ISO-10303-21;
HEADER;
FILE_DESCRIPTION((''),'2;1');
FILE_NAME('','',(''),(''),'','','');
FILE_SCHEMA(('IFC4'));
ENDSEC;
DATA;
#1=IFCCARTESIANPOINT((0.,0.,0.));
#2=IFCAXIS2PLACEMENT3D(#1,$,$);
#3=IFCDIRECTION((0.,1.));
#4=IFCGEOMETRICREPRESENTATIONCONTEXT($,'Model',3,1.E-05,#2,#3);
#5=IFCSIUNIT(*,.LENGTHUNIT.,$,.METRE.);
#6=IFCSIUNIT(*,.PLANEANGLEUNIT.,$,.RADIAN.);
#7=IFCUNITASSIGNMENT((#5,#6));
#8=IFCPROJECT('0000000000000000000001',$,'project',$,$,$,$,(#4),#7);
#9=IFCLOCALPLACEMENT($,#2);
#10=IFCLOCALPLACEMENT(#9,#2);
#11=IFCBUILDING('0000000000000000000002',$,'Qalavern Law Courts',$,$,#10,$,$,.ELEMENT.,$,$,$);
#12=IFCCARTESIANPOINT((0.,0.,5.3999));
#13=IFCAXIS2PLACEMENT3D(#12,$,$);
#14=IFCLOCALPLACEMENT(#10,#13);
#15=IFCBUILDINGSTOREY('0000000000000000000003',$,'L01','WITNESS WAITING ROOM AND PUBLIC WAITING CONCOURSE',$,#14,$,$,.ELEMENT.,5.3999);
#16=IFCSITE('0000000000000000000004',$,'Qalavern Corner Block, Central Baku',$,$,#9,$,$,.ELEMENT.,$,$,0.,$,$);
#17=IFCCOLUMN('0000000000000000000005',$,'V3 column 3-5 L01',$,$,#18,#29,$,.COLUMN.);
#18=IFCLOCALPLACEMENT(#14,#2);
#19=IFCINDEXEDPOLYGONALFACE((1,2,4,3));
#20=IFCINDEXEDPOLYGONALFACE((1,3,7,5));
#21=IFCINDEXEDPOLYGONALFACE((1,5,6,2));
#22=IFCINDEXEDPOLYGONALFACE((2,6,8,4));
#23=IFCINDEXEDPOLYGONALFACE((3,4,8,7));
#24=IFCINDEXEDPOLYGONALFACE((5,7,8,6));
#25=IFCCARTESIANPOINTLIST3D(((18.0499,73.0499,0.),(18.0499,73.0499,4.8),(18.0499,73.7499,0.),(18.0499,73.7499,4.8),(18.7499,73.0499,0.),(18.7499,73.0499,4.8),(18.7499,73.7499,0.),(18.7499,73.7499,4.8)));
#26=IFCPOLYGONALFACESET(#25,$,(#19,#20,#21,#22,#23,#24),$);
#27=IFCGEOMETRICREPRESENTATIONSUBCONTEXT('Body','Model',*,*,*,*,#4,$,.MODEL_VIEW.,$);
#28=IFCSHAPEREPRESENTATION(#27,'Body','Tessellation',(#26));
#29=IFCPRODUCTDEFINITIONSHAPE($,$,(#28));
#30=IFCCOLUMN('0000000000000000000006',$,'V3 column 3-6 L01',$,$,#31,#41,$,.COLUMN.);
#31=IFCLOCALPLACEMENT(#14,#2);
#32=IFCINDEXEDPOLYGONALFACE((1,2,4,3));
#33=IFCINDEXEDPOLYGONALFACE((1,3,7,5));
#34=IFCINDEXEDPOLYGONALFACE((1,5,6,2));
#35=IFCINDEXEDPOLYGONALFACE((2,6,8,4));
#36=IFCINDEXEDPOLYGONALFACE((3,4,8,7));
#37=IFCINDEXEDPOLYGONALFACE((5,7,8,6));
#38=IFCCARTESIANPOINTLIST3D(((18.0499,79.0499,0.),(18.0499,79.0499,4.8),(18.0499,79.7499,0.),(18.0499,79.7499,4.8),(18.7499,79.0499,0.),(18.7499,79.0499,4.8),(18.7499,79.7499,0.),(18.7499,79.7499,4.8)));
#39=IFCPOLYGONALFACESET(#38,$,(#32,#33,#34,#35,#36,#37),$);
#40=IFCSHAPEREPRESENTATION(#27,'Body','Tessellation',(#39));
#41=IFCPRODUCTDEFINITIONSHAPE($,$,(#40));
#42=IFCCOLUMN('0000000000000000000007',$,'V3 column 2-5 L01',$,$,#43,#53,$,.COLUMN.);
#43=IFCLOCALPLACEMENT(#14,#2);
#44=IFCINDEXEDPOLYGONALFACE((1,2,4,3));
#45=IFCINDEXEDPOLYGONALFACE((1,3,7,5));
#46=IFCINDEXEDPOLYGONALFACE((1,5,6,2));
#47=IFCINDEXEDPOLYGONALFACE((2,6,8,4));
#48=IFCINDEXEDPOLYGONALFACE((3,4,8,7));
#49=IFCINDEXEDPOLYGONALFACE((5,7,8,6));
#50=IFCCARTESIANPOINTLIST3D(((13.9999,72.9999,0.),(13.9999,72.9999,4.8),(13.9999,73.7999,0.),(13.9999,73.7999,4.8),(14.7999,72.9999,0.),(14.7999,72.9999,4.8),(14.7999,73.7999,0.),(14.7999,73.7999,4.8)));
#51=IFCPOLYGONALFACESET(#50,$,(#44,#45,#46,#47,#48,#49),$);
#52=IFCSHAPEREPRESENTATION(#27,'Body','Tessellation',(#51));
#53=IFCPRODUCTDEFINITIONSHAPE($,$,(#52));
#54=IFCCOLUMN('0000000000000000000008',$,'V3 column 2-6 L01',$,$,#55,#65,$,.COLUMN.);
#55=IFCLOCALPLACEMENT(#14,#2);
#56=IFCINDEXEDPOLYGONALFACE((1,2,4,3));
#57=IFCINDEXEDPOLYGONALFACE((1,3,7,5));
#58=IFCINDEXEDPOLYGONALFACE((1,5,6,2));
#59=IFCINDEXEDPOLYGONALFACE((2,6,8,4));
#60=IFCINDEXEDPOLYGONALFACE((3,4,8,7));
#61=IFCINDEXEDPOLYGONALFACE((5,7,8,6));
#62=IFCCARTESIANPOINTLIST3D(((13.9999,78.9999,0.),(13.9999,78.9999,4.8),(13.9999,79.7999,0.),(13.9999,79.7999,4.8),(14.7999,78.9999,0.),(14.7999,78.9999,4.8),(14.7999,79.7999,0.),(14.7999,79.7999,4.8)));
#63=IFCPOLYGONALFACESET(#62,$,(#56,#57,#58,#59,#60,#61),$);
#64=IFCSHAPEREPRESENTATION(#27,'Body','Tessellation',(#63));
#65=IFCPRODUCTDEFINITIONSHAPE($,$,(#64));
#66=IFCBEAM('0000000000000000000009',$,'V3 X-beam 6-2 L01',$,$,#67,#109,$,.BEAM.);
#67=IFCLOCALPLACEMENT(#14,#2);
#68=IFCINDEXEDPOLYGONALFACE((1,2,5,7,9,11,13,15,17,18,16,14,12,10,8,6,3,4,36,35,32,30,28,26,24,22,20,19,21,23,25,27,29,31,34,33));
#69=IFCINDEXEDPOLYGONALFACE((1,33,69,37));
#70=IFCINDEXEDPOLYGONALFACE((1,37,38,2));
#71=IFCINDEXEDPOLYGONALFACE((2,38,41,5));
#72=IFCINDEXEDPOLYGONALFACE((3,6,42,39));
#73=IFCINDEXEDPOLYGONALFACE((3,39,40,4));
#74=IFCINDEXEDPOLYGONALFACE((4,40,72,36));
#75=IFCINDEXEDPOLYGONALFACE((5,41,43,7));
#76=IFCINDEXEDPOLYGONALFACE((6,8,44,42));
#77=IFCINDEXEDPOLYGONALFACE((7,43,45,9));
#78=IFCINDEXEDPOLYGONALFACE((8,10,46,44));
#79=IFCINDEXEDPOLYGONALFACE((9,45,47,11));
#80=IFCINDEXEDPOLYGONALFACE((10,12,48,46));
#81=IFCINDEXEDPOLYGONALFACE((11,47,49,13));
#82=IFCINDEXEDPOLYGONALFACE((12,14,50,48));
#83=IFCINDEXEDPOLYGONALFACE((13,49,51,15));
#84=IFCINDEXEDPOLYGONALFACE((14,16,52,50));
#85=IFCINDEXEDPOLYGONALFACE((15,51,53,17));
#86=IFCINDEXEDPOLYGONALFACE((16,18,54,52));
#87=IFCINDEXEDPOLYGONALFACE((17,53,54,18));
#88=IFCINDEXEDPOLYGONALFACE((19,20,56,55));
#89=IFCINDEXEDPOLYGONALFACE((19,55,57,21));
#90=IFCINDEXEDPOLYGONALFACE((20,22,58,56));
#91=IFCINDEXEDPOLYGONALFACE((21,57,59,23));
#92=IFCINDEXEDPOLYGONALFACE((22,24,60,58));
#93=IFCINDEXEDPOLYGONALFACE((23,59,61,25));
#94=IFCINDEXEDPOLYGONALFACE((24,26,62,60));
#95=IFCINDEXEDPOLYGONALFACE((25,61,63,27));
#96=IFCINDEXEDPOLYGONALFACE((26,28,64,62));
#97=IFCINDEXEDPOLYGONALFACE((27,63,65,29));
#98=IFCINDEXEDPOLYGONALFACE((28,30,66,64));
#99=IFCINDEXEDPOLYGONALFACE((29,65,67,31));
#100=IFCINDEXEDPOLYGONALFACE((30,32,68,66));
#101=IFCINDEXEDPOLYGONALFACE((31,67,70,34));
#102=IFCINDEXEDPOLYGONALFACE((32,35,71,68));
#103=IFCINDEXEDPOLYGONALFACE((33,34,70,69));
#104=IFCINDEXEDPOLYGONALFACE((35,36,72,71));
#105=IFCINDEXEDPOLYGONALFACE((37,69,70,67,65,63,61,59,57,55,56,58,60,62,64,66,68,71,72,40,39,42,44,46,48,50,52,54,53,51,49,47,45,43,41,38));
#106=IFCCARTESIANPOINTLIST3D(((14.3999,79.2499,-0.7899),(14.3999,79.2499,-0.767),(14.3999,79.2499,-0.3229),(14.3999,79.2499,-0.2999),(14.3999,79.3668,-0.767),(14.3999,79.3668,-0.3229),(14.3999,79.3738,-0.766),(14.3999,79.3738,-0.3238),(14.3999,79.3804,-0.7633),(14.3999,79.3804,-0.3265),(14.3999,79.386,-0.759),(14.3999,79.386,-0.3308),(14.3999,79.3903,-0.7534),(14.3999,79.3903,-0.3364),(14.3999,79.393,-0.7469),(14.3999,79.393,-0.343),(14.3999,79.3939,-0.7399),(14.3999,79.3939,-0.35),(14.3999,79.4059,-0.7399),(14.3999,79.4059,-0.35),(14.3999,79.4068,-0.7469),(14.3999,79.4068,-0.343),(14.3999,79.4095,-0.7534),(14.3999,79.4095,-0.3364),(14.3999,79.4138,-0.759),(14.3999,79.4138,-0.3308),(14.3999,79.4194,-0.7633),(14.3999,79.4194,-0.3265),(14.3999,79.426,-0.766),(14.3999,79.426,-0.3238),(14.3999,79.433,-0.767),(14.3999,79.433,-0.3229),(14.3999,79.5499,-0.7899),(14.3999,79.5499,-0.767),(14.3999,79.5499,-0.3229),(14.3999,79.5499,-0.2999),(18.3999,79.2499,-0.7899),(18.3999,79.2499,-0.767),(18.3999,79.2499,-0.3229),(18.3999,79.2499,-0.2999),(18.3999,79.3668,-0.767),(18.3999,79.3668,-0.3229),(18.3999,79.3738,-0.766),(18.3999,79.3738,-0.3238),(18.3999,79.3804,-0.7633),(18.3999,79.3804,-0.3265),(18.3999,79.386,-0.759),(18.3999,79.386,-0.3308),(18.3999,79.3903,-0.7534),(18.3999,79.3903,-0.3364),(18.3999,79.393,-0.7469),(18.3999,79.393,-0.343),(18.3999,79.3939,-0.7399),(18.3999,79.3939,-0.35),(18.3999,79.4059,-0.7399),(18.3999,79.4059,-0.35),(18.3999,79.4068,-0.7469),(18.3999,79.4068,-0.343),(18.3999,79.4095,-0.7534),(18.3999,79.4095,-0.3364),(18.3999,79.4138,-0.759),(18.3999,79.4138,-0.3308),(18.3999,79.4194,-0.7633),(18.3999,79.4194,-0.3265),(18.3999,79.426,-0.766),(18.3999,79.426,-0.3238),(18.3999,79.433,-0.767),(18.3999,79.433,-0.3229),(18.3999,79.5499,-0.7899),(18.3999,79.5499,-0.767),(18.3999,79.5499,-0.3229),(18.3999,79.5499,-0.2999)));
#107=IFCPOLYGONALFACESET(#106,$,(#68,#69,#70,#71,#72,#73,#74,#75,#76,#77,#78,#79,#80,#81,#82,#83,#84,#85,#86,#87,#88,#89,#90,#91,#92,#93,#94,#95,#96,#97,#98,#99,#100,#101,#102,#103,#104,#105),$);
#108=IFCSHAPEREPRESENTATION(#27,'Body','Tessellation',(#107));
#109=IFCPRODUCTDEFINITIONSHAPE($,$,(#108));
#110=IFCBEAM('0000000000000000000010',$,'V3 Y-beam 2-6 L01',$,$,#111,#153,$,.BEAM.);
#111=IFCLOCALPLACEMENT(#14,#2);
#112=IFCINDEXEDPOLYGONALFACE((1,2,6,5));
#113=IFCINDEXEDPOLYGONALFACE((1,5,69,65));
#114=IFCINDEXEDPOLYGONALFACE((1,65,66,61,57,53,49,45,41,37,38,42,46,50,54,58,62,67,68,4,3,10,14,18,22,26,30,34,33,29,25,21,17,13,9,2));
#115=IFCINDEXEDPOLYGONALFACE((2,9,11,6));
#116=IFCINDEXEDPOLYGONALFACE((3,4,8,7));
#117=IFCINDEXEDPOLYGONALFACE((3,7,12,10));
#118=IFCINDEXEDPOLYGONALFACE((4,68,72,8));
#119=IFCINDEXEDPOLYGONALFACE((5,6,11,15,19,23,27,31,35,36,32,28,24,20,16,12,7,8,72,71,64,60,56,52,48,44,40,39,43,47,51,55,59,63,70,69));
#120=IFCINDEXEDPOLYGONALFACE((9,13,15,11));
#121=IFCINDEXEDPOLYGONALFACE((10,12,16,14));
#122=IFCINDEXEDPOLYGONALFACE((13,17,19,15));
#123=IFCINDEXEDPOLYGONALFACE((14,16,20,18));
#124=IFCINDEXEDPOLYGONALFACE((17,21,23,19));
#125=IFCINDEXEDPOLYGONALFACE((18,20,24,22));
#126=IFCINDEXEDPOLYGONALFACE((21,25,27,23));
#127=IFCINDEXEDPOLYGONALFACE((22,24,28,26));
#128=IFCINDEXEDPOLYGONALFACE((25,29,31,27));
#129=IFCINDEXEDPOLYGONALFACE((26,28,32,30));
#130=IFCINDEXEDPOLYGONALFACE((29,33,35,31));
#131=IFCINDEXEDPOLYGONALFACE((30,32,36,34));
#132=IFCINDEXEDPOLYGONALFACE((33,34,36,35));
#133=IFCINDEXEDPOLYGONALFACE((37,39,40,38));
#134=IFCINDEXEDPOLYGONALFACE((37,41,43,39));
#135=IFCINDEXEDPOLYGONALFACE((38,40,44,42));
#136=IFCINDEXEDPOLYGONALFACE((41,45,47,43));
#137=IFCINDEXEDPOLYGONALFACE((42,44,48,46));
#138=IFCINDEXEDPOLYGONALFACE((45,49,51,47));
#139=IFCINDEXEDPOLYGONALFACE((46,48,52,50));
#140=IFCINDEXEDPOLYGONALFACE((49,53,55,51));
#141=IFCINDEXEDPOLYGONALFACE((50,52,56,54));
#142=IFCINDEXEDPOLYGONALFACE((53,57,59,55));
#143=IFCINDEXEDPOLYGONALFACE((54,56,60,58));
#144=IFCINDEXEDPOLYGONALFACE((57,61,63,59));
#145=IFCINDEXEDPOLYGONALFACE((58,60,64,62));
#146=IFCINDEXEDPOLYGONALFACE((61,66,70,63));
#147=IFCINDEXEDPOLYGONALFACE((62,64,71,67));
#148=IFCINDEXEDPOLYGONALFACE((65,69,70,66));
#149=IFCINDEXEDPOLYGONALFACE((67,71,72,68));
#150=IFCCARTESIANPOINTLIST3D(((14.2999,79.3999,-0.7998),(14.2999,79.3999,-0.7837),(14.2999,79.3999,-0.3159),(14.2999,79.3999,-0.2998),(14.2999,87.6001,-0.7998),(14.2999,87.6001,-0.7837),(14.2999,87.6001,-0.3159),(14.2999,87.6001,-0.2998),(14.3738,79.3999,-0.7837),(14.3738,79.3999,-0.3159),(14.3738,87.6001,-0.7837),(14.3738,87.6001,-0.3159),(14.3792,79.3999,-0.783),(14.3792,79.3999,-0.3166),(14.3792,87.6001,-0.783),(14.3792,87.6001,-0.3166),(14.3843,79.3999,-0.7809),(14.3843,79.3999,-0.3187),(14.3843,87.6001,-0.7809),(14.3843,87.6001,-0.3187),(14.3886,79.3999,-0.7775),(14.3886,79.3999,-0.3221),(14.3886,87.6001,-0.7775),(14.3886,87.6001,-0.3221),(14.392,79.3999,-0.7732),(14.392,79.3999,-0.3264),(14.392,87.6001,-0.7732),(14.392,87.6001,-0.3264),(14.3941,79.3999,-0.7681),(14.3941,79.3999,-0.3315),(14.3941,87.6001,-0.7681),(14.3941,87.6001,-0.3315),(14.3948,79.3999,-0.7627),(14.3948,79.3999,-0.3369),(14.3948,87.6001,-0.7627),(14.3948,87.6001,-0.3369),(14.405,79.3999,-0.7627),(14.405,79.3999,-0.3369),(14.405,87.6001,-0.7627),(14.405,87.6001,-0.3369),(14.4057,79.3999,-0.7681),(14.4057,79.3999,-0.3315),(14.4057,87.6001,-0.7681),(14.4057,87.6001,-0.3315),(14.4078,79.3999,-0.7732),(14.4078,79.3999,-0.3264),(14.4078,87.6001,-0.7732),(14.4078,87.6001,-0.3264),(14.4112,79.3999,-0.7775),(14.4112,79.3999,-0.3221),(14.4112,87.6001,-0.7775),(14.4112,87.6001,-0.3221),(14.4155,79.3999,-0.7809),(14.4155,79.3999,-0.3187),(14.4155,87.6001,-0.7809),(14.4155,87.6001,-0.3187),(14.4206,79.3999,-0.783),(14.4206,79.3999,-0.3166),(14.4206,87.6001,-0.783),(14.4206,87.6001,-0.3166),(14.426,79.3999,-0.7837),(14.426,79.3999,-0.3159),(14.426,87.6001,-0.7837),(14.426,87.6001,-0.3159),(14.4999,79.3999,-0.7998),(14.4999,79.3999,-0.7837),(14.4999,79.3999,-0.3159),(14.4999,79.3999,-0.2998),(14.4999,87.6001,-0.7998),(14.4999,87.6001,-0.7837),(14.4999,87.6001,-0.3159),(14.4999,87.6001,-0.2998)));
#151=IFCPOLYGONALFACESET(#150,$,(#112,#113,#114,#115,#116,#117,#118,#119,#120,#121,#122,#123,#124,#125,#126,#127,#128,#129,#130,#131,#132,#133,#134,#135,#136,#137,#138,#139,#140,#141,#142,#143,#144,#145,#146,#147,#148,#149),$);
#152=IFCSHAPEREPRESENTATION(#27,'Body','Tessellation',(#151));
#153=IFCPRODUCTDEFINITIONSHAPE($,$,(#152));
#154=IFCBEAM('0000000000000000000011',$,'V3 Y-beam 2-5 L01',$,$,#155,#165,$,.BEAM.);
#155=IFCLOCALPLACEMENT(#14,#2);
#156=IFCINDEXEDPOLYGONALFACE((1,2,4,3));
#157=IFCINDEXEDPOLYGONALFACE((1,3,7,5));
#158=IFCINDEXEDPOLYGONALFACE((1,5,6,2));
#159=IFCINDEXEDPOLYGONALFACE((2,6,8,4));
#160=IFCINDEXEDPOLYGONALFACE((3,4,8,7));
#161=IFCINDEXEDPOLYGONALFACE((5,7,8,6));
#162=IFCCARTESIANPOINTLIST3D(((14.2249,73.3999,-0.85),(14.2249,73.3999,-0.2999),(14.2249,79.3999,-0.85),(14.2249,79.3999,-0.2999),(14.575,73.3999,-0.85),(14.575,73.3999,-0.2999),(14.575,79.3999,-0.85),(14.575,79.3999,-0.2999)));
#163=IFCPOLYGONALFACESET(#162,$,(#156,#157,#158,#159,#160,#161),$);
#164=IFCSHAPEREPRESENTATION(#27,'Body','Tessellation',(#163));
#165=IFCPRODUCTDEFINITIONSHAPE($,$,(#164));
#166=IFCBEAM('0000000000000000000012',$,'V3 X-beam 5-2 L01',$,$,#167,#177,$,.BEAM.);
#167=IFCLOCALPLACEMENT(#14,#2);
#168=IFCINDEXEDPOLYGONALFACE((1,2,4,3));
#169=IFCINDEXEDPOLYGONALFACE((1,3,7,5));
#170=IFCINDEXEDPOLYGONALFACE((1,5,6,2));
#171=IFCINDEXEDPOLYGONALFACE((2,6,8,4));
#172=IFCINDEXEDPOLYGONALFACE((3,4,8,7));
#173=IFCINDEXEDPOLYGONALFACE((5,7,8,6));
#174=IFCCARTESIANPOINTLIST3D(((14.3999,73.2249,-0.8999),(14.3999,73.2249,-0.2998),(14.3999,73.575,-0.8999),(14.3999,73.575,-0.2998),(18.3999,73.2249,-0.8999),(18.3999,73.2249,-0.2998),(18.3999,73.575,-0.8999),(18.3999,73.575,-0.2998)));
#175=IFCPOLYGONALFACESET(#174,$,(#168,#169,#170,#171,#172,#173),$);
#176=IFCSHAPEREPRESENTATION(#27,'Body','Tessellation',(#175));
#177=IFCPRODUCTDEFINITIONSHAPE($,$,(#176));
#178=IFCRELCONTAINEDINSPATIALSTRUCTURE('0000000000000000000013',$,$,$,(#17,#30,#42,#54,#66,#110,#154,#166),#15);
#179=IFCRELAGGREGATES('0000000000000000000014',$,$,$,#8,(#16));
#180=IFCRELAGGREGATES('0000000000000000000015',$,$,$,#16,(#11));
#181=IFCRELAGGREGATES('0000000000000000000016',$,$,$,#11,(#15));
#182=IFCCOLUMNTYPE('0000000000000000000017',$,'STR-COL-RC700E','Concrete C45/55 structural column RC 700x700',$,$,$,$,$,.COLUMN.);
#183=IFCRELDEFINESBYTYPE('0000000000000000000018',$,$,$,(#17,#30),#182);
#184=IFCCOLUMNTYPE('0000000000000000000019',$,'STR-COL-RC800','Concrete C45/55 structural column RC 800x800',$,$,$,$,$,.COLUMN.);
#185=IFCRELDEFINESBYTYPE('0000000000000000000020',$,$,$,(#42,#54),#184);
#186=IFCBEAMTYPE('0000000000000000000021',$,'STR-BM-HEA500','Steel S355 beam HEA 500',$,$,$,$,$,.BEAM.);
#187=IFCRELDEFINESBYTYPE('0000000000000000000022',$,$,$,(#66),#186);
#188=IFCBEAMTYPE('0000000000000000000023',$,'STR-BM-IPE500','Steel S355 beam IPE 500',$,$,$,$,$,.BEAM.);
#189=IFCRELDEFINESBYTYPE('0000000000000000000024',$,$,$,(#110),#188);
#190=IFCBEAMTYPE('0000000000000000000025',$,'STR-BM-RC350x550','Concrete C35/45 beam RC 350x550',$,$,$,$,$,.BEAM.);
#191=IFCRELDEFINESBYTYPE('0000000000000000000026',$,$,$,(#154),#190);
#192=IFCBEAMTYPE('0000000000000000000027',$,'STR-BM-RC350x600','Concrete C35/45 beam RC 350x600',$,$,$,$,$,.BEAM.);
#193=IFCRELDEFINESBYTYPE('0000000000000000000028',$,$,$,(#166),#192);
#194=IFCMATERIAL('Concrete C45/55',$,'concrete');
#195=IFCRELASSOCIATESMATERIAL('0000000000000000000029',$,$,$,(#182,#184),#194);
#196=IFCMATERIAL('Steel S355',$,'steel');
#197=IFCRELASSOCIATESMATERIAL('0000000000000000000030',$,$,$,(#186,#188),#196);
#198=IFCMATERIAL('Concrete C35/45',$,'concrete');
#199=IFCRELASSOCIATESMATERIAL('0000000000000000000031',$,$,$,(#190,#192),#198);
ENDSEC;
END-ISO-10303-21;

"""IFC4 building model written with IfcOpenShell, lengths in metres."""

from ifc_helpers import new_model, si_unit, direction, frame, origin, origin_2d, place, context, subcontext, project, spatial, rectangle, i_section, extrude, material, material_profile, profile_set, type_object, element, save


model = new_model("IFC4")

# Units and contexts
model_context = context("Model", 3, precision=1e-05, world=origin(), true_north=direction((0.0, 1.0)))
body_context = subcontext(model_context, "Body", "Model", "MODEL_VIEW")
ifc_project = project(units=[si_unit("LENGTHUNIT", "METRE"), si_unit("PLANEANGLEUNIT", "RADIAN")], contexts=[model_context])

# Site, building, storey
site_placement = place(None, origin())
site = spatial("IfcSite", under=ifc_project, at=site_placement, Name="Qalavern Corner Block, Central Baku", CompositionType="ELEMENT", RefElevation=0.0)
building_placement = place(site_placement, origin())
building = spatial("IfcBuilding", under=site, at=building_placement, Name="Qalavern Law Courts", CompositionType="ELEMENT")
storey_placement = place(building_placement, frame((0.0, 0.0, 5.3999)))
storey = spatial("IfcBuildingStorey", under=building, at=storey_placement, Name="L01", Description="WITNESS WAITING ROOM AND PUBLIC WAITING CONCOURSE", CompositionType="ELEMENT", Elevation=5.3999)

# Columns
ifc_material_1 = material(Name="Concrete C45/55", Category="concrete")
ifc_material_profile_1 = material_profile(ifc_material_1, rectangle(XDim=0.7, YDim=0.7, at=origin_2d()), Name="RC 700x700")
ifc_profile_set_1 = profile_set([ifc_material_profile_1], Name="Concrete C45/55")
column_type_1 = type_object("IfcColumnType", Name="STR-COL-RC700E", Description="Concrete C45/55 structural column RC 700x700", PredefinedType="COLUMN", material=ifc_profile_set_1)
for number, where, z_axis, x_axis, name in (
    (1, (18.3999, 73.3999, 0.0), (0.0, 0.0, 1.0), (1.0, 0.0, 0.0), "V3 column 3-5 L01"),
    (2, (18.3999, 79.3999, 0.0), (0.0, 0.0, 1.0), (1.0, 0.0, 0.0), "V3 column 3-6 L01"),
):
    element("IfcColumn", number, at=place(storey_placement, frame(where, z_axis=z_axis, x_axis=x_axis)), inside=storey, type_object=column_type_1, Name=name, PredefinedType="COLUMN", context=body_context, shape_type="SweptSolid", body=[
        extrude(rectangle(XDim=0.7, YDim=0.7, at=origin_2d()), origin(), (0.0, 0.0, 1.0), 4.8),
    ])
ifc_material_profile_2 = material_profile(ifc_material_1, rectangle(XDim=0.8, YDim=0.8, at=origin_2d()), Name="RC 800x800")
ifc_profile_set_2 = profile_set([ifc_material_profile_2], Name="Concrete C45/55")
column_type_2 = type_object("IfcColumnType", Name="STR-COL-RC800", Description="Concrete C45/55 structural column RC 800x800", PredefinedType="COLUMN", material=ifc_profile_set_2)
for number, where, z_axis, x_axis, name in (
    (3, (14.3999, 73.3999, 0.0), (0.0, 0.0, 1.0), (1.0, 0.0, 0.0), "V3 column 2-5 L01"),
    (4, (14.3999, 79.3999, 0.0), (0.0, 0.0, 1.0), (1.0, 0.0, 0.0), "V3 column 2-6 L01"),
):
    element("IfcColumn", number, at=place(storey_placement, frame(where, z_axis=z_axis, x_axis=x_axis)), inside=storey, type_object=column_type_2, Name=name, PredefinedType="COLUMN", context=body_context, shape_type="SweptSolid", body=[
        extrude(rectangle(XDim=0.8, YDim=0.8, at=origin_2d()), origin(), (0.0, 0.0, 1.0), 4.8),
    ])

# Beams
ifc_material_2 = material(Name="Steel S355", Category="steel")
ifc_material_profile_3 = material_profile(ifc_material_2, i_section(OverallWidth=0.3, OverallDepth=0.49, WebThickness=0.012, FlangeThickness=0.0229, FilletRadius=0.0271, at=origin_2d()), Name="HEA 500")
ifc_profile_set_3 = profile_set([ifc_material_profile_3], Name="Steel S355")
beam_type_1 = type_object("IfcBeamType", Name="STR-BM-HEA500", Description="Steel S355 beam HEA 500", PredefinedType="BEAM", material=ifc_profile_set_3)
beam_1_placement = place(storey_placement, frame((14.3999, 79.3999, -0.5449), z_axis=(1.0, 0.0, 0.0), x_axis=(0.0, 1.0, 0.0)))
element("IfcBeam", 5, at=beam_1_placement, inside=storey, type_object=beam_type_1, Name="V3 X-beam 6-2 L01", PredefinedType="BEAM", context=body_context, shape_type="SweptSolid", body=[
    extrude(i_section(OverallWidth=0.3, OverallDepth=0.49, WebThickness=0.012, FlangeThickness=0.0229, FilletRadius=0.0271, at=origin_2d()), origin(), (0.0, 0.0, 1.0), 4.0),
])
ifc_material_profile_4 = material_profile(ifc_material_2, i_section(OverallWidth=0.2, OverallDepth=0.5, WebThickness=0.0103, FlangeThickness=0.0161, FilletRadius=0.021, at=origin_2d()), Name="IPE 500")
ifc_profile_set_4 = profile_set([ifc_material_profile_4], Name="Steel S355")
beam_type_2 = type_object("IfcBeamType", Name="STR-BM-IPE500", Description="Steel S355 beam IPE 500", PredefinedType="BEAM", material=ifc_profile_set_4)
beam_2_placement = place(storey_placement, frame((14.3999, 79.3999, -0.5498), z_axis=(0.0, 1.0, 0.0), x_axis=(-1.0, 0.0, 0.0)))
element("IfcBeam", 6, at=beam_2_placement, inside=storey, type_object=beam_type_2, Name="V3 Y-beam 2-6 L01", PredefinedType="BEAM", context=body_context, shape_type="SweptSolid", body=[
    extrude(i_section(OverallWidth=0.2, OverallDepth=0.5, WebThickness=0.0103, FlangeThickness=0.0161, FilletRadius=0.021, at=origin_2d()), origin(), (0.0, 0.0, 1.0), 8.2002),
])
ifc_material_3 = material(Name="Concrete C35/45", Category="concrete")
ifc_material_profile_5 = material_profile(ifc_material_3, rectangle(XDim=0.3501, YDim=0.55, at=origin_2d()), Name="RC 350x550")
ifc_profile_set_5 = profile_set([ifc_material_profile_5], Name="Concrete C35/45")
beam_type_3 = type_object("IfcBeamType", Name="STR-BM-RC350x550", Description="Concrete C35/45 beam RC 350x550", PredefinedType="BEAM", material=ifc_profile_set_5)
beam_3_placement = place(storey_placement, frame((14.3999, 73.3999, -0.575), z_axis=(0.0, 1.0, 0.0), x_axis=(-1.0, 0.0, 0.0)))
element("IfcBeam", 7, at=beam_3_placement, inside=storey, type_object=beam_type_3, Name="V3 Y-beam 2-5 L01", PredefinedType="BEAM", context=body_context, shape_type="SweptSolid", body=[
    extrude(rectangle(XDim=0.3501, YDim=0.55, at=origin_2d()), origin(), (0.0, 0.0, 1.0), 6.0),
])
ifc_material_profile_6 = material_profile(ifc_material_3, rectangle(XDim=0.3501, YDim=0.6001, at=origin_2d()), Name="RC 350x600")
ifc_profile_set_6 = profile_set([ifc_material_profile_6], Name="Concrete C35/45")
beam_type_4 = type_object("IfcBeamType", Name="STR-BM-RC350x600", Description="Concrete C35/45 beam RC 350x600", PredefinedType="BEAM", material=ifc_profile_set_6)
beam_4_placement = place(storey_placement, frame((14.3999, 73.3999, -0.5999), z_axis=(1.0, 0.0, 0.0), x_axis=(0.0, 1.0, 0.0)))
element("IfcBeam", 8, at=beam_4_placement, inside=storey, type_object=beam_type_4, Name="V3 X-beam 5-2 L01", PredefinedType="BEAM", context=body_context, shape_type="SweptSolid", body=[
    extrude(rectangle(XDim=0.3501, YDim=0.6001, at=origin_2d()), origin(), (0.0, 0.0, 1.0), 4.0),
])

save(model, "model.ifc")
